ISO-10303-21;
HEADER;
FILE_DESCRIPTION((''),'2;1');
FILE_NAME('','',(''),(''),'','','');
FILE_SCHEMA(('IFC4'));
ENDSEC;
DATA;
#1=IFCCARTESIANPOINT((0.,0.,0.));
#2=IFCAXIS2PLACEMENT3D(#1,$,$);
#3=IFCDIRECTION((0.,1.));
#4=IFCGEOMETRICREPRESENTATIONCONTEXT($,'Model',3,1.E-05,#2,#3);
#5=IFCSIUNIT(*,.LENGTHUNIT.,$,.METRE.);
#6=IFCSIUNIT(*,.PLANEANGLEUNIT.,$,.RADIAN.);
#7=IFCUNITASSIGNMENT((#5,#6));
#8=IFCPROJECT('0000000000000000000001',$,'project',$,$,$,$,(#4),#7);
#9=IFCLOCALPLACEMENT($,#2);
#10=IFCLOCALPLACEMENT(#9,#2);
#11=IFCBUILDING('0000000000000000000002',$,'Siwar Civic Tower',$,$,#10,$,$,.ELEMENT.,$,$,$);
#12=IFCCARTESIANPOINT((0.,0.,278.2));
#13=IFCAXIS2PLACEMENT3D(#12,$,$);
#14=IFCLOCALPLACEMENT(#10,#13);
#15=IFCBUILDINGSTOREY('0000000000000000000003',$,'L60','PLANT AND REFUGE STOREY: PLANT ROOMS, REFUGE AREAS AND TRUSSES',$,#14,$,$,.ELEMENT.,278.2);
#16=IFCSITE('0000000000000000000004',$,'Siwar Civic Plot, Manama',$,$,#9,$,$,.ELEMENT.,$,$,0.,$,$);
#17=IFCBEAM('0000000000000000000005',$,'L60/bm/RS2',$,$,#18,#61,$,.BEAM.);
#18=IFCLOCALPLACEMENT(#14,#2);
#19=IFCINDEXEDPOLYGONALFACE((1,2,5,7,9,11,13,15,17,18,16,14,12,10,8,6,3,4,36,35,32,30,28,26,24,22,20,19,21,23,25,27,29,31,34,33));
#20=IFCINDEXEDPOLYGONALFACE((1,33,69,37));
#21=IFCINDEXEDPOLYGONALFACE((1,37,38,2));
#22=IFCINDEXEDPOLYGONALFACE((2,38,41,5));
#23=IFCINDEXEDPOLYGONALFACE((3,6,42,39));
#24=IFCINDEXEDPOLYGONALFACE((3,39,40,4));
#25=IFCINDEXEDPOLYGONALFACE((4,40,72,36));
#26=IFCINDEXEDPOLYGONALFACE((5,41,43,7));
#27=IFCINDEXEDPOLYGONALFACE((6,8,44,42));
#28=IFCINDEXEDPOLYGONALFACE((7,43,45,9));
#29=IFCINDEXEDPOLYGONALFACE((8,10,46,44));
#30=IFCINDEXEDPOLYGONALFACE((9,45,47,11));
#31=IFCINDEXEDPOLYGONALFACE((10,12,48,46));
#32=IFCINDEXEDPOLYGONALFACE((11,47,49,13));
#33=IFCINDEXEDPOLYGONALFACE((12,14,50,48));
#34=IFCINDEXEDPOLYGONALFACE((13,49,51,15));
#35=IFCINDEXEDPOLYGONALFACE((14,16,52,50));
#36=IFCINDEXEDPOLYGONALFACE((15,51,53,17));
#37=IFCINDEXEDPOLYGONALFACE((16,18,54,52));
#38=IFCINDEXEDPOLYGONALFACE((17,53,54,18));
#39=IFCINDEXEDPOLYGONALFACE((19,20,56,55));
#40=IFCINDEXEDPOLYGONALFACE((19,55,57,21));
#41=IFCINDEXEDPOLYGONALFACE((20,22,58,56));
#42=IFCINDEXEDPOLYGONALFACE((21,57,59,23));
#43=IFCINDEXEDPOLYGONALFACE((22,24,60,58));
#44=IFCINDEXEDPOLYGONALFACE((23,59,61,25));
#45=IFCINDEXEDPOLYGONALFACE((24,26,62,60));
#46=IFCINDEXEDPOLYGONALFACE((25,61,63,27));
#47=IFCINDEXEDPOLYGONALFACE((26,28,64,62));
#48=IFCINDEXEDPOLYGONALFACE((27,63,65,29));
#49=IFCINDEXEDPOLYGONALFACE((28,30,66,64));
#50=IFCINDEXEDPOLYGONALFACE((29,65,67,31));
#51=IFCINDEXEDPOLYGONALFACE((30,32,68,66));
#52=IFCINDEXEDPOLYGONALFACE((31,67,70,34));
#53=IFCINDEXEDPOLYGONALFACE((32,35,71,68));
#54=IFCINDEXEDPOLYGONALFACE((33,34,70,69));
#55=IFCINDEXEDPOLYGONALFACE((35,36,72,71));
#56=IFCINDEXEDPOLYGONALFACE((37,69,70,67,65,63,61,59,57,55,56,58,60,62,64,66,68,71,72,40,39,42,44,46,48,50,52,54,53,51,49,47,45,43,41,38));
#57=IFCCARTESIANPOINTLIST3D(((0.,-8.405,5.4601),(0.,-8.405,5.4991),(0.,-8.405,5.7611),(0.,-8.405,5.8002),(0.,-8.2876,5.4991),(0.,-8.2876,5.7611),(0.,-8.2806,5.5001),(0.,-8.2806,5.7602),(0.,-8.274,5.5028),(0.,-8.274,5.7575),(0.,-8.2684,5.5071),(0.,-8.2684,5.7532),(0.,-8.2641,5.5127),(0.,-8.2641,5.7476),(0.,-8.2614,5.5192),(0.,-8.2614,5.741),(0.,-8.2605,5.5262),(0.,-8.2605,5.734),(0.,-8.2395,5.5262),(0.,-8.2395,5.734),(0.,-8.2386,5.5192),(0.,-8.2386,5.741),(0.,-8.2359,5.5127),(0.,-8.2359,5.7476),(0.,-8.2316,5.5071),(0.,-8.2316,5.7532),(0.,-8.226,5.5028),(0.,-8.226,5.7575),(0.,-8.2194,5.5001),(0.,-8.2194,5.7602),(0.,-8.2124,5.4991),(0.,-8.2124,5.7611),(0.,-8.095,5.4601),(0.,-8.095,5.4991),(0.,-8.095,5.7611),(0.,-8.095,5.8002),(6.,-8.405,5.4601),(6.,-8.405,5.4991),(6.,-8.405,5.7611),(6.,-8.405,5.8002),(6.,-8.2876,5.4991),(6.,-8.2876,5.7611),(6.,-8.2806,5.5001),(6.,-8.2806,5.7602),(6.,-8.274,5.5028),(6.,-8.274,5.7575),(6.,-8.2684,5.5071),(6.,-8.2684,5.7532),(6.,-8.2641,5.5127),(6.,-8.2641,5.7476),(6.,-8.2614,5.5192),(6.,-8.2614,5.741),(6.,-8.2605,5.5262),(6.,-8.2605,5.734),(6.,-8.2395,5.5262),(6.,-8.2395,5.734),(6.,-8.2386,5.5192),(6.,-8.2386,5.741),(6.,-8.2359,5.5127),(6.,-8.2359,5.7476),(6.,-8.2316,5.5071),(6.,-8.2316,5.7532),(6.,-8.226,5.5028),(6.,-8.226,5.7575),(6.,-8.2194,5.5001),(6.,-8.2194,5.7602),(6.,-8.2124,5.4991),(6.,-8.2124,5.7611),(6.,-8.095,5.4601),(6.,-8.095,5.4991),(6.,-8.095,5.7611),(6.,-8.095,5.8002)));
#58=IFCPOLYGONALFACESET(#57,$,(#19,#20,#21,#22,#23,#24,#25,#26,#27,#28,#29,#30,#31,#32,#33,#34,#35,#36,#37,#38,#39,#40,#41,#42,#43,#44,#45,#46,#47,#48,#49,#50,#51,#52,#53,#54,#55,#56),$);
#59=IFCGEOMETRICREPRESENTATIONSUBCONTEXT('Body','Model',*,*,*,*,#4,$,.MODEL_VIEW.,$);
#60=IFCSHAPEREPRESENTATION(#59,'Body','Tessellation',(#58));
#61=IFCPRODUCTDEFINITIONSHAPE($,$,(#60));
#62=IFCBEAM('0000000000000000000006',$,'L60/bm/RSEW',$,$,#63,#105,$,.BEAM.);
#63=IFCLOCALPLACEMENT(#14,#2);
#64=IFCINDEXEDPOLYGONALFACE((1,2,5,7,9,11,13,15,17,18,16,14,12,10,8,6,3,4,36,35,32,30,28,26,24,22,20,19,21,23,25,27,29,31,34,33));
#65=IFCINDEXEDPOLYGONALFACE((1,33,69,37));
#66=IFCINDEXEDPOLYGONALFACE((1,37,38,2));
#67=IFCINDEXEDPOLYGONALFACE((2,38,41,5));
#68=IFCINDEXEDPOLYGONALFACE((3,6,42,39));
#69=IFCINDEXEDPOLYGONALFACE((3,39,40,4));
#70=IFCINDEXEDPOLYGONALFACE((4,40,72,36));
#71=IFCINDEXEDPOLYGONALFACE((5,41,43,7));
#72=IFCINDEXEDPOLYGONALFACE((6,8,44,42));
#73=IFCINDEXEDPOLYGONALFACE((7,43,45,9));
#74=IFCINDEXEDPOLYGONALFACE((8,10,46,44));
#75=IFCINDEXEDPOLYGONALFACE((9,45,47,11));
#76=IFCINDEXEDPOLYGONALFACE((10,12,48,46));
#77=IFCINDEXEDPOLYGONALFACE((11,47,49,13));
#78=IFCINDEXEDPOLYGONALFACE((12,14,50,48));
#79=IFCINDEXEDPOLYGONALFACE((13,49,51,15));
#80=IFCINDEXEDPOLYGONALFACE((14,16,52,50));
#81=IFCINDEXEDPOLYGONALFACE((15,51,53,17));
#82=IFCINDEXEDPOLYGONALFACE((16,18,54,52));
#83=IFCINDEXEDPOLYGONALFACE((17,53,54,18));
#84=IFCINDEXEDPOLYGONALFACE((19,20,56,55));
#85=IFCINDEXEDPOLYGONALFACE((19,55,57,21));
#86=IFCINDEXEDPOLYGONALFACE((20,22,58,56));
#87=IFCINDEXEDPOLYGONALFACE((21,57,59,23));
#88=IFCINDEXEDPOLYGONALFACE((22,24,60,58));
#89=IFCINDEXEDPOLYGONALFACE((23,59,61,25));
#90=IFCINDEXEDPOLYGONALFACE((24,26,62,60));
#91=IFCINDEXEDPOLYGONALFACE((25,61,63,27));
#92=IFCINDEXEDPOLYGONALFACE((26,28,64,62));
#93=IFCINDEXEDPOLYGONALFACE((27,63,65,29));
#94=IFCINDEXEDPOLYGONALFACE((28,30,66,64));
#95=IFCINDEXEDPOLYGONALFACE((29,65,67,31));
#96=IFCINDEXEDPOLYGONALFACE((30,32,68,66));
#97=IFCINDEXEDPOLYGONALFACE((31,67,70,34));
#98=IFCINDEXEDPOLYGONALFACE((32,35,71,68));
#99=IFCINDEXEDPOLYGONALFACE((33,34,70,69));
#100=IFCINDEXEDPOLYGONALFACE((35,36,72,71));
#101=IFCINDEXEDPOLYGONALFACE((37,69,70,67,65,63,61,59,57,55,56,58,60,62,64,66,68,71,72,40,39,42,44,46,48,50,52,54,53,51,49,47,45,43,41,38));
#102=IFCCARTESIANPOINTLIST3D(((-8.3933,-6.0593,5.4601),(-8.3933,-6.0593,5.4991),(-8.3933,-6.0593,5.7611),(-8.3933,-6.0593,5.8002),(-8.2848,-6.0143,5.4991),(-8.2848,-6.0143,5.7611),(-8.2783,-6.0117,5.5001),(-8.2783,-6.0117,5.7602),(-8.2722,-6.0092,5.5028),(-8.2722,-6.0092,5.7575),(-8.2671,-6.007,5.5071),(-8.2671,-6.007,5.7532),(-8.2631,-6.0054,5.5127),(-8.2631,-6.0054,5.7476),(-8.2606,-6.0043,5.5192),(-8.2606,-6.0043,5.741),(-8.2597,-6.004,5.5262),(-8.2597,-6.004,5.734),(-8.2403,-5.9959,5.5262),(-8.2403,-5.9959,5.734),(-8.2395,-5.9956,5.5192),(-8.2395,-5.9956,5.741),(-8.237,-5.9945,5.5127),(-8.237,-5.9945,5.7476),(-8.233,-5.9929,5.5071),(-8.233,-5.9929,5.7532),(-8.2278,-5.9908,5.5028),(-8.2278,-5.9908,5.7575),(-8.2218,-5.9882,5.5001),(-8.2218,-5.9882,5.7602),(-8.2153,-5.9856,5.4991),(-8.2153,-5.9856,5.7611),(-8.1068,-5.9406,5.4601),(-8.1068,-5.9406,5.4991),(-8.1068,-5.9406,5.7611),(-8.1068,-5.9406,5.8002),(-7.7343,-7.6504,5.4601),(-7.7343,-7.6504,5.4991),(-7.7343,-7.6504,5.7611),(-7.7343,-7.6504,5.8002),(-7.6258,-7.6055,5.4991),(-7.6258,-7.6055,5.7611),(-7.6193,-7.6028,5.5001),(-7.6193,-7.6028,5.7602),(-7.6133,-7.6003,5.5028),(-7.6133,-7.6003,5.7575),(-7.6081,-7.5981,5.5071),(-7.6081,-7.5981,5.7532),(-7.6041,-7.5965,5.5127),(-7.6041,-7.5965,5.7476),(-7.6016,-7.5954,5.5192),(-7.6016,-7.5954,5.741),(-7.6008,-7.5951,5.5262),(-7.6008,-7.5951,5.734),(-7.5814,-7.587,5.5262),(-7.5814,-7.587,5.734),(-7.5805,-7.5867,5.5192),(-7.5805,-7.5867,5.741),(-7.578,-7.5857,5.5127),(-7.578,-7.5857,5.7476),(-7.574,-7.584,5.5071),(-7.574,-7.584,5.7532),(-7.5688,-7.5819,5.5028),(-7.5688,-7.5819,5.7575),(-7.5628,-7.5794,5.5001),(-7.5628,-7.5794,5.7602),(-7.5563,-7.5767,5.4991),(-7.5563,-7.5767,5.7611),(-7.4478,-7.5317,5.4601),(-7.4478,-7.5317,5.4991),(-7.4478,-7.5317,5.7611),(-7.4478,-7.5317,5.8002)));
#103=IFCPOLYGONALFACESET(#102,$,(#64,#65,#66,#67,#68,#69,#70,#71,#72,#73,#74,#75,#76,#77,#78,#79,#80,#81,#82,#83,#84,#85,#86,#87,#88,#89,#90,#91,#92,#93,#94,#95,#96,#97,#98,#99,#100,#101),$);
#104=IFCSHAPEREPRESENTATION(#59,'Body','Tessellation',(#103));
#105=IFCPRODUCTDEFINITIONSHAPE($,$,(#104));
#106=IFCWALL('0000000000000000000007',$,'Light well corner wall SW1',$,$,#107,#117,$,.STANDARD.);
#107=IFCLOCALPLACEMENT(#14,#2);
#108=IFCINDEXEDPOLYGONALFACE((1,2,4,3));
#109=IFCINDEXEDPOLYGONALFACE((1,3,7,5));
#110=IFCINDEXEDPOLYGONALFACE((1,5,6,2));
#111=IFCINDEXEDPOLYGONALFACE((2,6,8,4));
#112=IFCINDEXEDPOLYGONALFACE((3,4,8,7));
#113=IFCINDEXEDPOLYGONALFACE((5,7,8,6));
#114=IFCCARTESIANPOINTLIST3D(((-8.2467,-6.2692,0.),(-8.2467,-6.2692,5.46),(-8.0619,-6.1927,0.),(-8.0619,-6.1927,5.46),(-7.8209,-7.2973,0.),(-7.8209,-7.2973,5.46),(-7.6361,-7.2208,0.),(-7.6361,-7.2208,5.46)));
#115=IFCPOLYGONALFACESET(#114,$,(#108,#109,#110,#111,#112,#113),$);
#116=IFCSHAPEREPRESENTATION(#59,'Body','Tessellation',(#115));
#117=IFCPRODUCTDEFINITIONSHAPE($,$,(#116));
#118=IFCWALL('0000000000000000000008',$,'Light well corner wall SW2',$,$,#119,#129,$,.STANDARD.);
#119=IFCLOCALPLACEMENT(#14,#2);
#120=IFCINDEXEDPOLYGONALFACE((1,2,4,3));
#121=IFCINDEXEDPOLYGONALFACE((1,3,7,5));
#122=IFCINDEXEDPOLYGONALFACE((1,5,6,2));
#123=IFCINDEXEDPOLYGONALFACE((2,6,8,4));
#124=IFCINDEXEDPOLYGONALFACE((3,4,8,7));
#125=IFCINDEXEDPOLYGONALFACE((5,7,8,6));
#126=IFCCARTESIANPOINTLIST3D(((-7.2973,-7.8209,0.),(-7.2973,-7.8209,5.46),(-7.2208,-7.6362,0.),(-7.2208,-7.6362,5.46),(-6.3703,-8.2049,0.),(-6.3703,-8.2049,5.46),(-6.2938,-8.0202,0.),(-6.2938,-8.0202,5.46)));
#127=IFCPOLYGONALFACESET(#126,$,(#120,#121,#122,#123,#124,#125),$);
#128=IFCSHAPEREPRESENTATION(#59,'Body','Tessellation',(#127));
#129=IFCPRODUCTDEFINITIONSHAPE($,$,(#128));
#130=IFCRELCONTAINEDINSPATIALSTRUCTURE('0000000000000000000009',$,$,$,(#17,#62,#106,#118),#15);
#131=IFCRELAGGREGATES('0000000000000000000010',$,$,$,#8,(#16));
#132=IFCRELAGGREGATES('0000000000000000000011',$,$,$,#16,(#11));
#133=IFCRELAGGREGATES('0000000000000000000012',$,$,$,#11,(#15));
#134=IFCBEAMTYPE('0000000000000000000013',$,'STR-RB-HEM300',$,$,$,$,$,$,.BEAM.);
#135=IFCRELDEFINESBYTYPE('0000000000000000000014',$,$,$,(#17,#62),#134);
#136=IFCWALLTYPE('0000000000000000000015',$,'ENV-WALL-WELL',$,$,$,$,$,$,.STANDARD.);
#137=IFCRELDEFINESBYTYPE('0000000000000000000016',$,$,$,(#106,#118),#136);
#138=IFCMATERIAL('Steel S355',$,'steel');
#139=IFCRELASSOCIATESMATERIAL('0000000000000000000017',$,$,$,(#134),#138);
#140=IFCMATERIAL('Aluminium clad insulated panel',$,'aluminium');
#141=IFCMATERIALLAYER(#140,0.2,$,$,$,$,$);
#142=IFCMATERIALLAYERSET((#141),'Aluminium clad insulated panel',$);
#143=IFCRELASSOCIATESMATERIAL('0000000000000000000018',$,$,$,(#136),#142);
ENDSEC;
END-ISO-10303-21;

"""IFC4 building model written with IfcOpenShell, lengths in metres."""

from ifc_helpers import new_model, si_unit, direction, frame, frame_2d, origin, origin_2d, place, context, subcontext, project, spatial, rectangle, i_section, extrude, material, layer, layer_set, material_profile, profile_set, type_object, element, save


model = new_model("IFC4")

# Units and contexts
model_context = context("Model", 3, precision=1e-05, world=origin(), true_north=direction((0.0, 1.0)))
body_context = subcontext(model_context, "Body", "Model", "MODEL_VIEW")
ifc_project = project(units=[si_unit("LENGTHUNIT", "METRE"), si_unit("PLANEANGLEUNIT", "RADIAN")], contexts=[model_context])

# Site, building, storey
site_placement = place(None, origin())
site = spatial("IfcSite", under=ifc_project, at=site_placement, Name="Siwar Civic Plot, Manama", CompositionType="ELEMENT", RefElevation=0.0)
building_placement = place(site_placement, origin())
building = spatial("IfcBuilding", under=site, at=building_placement, Name="Siwar Civic Tower", CompositionType="ELEMENT")
storey_placement = place(building_placement, frame((0.0, 0.0, 278.2)))
storey = spatial("IfcBuildingStorey", under=building, at=storey_placement, Name="L60", Description="PLANT AND REFUGE STOREY: PLANT ROOMS, REFUGE AREAS AND TRUSSES", CompositionType="ELEMENT", Elevation=278.2)

# Beams
ifc_material_1 = material(Name="Steel S355", Category="steel")
ifc_material_profile_1 = material_profile(ifc_material_1, i_section(OverallWidth=0.3101, OverallDepth=0.3401, WebThickness=0.021, FlangeThickness=0.0391, FilletRadius=0.0271, at=origin_2d()), Name="HEM300")
ifc_profile_set_1 = profile_set([ifc_material_profile_1], Name="Steel S355")
beam_type_1 = type_object("IfcBeamType", Name="STR-RB-HEM300", PredefinedType="BEAM", material=ifc_profile_set_1)
for number, where, z_axis, x_axis, name in (
    (1, (0.0, -8.25, 5.6301), (1.0, 0.0, 0.0), (0.0, 1.0, 0.0), "L60/bm/RS2"),
):
    element("IfcBeam", number, at=place(storey_placement, frame(where, z_axis=z_axis, x_axis=x_axis)), inside=storey, type_object=beam_type_1, Name=name, PredefinedType="BEAM", context=body_context, shape_type="SweptSolid", body=[
        extrude(i_section(OverallWidth=0.3101, OverallDepth=0.3401, WebThickness=0.021, FlangeThickness=0.0391, FilletRadius=0.0271, at=origin_2d()), origin(), (0.0, 0.0, 1.0), 6.0),
    ])
beam_1_placement = place(storey_placement, frame((-7.5911, -7.5911, 5.6301), z_axis=(-0.382631, 0.923901, 0.0), x_axis=(-0.923901, -0.382631, 0.0)))
element("IfcBeam", 2, at=beam_1_placement, inside=storey, type_object=beam_type_1, Name="L60/bm/RSEW", PredefinedType="BEAM", context=body_context, shape_type="SweptSolid", body=[
    extrude(i_section(OverallWidth=0.3101, OverallDepth=0.3401, WebThickness=0.021, FlangeThickness=0.0391, FilletRadius=0.0271, at=origin_2d()), origin(), (0.0, 0.0, 1.0), 1.7222),
])

# Walls
ifc_material_2 = material(Name="Aluminium clad insulated panel", Category="aluminium")
ifc_layer = layer(ifc_material_2, 0.2)
ifc_layer_set = layer_set([ifc_layer], Name="Aluminium clad insulated panel")
wall_type = type_object("IfcWallType", Name="ENV-WALL-WELL", PredefinedType="STANDARD", material=ifc_layer_set)
wall_1_placement = place(storey_placement, frame((-8.1543, -6.231, 0.0), z_axis=(0.0, 0.0, 1.0), x_axis=(0.382636, -0.923899, 0.0)))
element("IfcWall", 3, at=wall_1_placement, inside=storey, type_object=wall_type, Name="Light well corner wall SW1", PredefinedType="STANDARD", context=body_context, shape_type="SweptSolid", body=[
    extrude(rectangle(XDim=1.1128, YDim=0.2, at=frame_2d((0.5564, 0.0))), origin(), (0.0, 0.0, 1.0), 5.46),
])
wall_2_placement = place(storey_placement, frame((-7.259, -7.7285, 0.0), z_axis=(0.0, 0.0, 1.0), x_axis=(0.92386, -0.382731, 0.0)))
element("IfcWall", 4, at=wall_2_placement, inside=storey, type_object=wall_type, Name="Light well corner wall SW2", PredefinedType="STANDARD", context=body_context, shape_type="SweptSolid", body=[
    extrude(rectangle(XDim=1.0034, YDim=0.2, at=frame_2d((0.5017, 0.0))), origin(), (0.0, 0.0, 1.0), 5.46),
])

save(model, "model.ifc")
